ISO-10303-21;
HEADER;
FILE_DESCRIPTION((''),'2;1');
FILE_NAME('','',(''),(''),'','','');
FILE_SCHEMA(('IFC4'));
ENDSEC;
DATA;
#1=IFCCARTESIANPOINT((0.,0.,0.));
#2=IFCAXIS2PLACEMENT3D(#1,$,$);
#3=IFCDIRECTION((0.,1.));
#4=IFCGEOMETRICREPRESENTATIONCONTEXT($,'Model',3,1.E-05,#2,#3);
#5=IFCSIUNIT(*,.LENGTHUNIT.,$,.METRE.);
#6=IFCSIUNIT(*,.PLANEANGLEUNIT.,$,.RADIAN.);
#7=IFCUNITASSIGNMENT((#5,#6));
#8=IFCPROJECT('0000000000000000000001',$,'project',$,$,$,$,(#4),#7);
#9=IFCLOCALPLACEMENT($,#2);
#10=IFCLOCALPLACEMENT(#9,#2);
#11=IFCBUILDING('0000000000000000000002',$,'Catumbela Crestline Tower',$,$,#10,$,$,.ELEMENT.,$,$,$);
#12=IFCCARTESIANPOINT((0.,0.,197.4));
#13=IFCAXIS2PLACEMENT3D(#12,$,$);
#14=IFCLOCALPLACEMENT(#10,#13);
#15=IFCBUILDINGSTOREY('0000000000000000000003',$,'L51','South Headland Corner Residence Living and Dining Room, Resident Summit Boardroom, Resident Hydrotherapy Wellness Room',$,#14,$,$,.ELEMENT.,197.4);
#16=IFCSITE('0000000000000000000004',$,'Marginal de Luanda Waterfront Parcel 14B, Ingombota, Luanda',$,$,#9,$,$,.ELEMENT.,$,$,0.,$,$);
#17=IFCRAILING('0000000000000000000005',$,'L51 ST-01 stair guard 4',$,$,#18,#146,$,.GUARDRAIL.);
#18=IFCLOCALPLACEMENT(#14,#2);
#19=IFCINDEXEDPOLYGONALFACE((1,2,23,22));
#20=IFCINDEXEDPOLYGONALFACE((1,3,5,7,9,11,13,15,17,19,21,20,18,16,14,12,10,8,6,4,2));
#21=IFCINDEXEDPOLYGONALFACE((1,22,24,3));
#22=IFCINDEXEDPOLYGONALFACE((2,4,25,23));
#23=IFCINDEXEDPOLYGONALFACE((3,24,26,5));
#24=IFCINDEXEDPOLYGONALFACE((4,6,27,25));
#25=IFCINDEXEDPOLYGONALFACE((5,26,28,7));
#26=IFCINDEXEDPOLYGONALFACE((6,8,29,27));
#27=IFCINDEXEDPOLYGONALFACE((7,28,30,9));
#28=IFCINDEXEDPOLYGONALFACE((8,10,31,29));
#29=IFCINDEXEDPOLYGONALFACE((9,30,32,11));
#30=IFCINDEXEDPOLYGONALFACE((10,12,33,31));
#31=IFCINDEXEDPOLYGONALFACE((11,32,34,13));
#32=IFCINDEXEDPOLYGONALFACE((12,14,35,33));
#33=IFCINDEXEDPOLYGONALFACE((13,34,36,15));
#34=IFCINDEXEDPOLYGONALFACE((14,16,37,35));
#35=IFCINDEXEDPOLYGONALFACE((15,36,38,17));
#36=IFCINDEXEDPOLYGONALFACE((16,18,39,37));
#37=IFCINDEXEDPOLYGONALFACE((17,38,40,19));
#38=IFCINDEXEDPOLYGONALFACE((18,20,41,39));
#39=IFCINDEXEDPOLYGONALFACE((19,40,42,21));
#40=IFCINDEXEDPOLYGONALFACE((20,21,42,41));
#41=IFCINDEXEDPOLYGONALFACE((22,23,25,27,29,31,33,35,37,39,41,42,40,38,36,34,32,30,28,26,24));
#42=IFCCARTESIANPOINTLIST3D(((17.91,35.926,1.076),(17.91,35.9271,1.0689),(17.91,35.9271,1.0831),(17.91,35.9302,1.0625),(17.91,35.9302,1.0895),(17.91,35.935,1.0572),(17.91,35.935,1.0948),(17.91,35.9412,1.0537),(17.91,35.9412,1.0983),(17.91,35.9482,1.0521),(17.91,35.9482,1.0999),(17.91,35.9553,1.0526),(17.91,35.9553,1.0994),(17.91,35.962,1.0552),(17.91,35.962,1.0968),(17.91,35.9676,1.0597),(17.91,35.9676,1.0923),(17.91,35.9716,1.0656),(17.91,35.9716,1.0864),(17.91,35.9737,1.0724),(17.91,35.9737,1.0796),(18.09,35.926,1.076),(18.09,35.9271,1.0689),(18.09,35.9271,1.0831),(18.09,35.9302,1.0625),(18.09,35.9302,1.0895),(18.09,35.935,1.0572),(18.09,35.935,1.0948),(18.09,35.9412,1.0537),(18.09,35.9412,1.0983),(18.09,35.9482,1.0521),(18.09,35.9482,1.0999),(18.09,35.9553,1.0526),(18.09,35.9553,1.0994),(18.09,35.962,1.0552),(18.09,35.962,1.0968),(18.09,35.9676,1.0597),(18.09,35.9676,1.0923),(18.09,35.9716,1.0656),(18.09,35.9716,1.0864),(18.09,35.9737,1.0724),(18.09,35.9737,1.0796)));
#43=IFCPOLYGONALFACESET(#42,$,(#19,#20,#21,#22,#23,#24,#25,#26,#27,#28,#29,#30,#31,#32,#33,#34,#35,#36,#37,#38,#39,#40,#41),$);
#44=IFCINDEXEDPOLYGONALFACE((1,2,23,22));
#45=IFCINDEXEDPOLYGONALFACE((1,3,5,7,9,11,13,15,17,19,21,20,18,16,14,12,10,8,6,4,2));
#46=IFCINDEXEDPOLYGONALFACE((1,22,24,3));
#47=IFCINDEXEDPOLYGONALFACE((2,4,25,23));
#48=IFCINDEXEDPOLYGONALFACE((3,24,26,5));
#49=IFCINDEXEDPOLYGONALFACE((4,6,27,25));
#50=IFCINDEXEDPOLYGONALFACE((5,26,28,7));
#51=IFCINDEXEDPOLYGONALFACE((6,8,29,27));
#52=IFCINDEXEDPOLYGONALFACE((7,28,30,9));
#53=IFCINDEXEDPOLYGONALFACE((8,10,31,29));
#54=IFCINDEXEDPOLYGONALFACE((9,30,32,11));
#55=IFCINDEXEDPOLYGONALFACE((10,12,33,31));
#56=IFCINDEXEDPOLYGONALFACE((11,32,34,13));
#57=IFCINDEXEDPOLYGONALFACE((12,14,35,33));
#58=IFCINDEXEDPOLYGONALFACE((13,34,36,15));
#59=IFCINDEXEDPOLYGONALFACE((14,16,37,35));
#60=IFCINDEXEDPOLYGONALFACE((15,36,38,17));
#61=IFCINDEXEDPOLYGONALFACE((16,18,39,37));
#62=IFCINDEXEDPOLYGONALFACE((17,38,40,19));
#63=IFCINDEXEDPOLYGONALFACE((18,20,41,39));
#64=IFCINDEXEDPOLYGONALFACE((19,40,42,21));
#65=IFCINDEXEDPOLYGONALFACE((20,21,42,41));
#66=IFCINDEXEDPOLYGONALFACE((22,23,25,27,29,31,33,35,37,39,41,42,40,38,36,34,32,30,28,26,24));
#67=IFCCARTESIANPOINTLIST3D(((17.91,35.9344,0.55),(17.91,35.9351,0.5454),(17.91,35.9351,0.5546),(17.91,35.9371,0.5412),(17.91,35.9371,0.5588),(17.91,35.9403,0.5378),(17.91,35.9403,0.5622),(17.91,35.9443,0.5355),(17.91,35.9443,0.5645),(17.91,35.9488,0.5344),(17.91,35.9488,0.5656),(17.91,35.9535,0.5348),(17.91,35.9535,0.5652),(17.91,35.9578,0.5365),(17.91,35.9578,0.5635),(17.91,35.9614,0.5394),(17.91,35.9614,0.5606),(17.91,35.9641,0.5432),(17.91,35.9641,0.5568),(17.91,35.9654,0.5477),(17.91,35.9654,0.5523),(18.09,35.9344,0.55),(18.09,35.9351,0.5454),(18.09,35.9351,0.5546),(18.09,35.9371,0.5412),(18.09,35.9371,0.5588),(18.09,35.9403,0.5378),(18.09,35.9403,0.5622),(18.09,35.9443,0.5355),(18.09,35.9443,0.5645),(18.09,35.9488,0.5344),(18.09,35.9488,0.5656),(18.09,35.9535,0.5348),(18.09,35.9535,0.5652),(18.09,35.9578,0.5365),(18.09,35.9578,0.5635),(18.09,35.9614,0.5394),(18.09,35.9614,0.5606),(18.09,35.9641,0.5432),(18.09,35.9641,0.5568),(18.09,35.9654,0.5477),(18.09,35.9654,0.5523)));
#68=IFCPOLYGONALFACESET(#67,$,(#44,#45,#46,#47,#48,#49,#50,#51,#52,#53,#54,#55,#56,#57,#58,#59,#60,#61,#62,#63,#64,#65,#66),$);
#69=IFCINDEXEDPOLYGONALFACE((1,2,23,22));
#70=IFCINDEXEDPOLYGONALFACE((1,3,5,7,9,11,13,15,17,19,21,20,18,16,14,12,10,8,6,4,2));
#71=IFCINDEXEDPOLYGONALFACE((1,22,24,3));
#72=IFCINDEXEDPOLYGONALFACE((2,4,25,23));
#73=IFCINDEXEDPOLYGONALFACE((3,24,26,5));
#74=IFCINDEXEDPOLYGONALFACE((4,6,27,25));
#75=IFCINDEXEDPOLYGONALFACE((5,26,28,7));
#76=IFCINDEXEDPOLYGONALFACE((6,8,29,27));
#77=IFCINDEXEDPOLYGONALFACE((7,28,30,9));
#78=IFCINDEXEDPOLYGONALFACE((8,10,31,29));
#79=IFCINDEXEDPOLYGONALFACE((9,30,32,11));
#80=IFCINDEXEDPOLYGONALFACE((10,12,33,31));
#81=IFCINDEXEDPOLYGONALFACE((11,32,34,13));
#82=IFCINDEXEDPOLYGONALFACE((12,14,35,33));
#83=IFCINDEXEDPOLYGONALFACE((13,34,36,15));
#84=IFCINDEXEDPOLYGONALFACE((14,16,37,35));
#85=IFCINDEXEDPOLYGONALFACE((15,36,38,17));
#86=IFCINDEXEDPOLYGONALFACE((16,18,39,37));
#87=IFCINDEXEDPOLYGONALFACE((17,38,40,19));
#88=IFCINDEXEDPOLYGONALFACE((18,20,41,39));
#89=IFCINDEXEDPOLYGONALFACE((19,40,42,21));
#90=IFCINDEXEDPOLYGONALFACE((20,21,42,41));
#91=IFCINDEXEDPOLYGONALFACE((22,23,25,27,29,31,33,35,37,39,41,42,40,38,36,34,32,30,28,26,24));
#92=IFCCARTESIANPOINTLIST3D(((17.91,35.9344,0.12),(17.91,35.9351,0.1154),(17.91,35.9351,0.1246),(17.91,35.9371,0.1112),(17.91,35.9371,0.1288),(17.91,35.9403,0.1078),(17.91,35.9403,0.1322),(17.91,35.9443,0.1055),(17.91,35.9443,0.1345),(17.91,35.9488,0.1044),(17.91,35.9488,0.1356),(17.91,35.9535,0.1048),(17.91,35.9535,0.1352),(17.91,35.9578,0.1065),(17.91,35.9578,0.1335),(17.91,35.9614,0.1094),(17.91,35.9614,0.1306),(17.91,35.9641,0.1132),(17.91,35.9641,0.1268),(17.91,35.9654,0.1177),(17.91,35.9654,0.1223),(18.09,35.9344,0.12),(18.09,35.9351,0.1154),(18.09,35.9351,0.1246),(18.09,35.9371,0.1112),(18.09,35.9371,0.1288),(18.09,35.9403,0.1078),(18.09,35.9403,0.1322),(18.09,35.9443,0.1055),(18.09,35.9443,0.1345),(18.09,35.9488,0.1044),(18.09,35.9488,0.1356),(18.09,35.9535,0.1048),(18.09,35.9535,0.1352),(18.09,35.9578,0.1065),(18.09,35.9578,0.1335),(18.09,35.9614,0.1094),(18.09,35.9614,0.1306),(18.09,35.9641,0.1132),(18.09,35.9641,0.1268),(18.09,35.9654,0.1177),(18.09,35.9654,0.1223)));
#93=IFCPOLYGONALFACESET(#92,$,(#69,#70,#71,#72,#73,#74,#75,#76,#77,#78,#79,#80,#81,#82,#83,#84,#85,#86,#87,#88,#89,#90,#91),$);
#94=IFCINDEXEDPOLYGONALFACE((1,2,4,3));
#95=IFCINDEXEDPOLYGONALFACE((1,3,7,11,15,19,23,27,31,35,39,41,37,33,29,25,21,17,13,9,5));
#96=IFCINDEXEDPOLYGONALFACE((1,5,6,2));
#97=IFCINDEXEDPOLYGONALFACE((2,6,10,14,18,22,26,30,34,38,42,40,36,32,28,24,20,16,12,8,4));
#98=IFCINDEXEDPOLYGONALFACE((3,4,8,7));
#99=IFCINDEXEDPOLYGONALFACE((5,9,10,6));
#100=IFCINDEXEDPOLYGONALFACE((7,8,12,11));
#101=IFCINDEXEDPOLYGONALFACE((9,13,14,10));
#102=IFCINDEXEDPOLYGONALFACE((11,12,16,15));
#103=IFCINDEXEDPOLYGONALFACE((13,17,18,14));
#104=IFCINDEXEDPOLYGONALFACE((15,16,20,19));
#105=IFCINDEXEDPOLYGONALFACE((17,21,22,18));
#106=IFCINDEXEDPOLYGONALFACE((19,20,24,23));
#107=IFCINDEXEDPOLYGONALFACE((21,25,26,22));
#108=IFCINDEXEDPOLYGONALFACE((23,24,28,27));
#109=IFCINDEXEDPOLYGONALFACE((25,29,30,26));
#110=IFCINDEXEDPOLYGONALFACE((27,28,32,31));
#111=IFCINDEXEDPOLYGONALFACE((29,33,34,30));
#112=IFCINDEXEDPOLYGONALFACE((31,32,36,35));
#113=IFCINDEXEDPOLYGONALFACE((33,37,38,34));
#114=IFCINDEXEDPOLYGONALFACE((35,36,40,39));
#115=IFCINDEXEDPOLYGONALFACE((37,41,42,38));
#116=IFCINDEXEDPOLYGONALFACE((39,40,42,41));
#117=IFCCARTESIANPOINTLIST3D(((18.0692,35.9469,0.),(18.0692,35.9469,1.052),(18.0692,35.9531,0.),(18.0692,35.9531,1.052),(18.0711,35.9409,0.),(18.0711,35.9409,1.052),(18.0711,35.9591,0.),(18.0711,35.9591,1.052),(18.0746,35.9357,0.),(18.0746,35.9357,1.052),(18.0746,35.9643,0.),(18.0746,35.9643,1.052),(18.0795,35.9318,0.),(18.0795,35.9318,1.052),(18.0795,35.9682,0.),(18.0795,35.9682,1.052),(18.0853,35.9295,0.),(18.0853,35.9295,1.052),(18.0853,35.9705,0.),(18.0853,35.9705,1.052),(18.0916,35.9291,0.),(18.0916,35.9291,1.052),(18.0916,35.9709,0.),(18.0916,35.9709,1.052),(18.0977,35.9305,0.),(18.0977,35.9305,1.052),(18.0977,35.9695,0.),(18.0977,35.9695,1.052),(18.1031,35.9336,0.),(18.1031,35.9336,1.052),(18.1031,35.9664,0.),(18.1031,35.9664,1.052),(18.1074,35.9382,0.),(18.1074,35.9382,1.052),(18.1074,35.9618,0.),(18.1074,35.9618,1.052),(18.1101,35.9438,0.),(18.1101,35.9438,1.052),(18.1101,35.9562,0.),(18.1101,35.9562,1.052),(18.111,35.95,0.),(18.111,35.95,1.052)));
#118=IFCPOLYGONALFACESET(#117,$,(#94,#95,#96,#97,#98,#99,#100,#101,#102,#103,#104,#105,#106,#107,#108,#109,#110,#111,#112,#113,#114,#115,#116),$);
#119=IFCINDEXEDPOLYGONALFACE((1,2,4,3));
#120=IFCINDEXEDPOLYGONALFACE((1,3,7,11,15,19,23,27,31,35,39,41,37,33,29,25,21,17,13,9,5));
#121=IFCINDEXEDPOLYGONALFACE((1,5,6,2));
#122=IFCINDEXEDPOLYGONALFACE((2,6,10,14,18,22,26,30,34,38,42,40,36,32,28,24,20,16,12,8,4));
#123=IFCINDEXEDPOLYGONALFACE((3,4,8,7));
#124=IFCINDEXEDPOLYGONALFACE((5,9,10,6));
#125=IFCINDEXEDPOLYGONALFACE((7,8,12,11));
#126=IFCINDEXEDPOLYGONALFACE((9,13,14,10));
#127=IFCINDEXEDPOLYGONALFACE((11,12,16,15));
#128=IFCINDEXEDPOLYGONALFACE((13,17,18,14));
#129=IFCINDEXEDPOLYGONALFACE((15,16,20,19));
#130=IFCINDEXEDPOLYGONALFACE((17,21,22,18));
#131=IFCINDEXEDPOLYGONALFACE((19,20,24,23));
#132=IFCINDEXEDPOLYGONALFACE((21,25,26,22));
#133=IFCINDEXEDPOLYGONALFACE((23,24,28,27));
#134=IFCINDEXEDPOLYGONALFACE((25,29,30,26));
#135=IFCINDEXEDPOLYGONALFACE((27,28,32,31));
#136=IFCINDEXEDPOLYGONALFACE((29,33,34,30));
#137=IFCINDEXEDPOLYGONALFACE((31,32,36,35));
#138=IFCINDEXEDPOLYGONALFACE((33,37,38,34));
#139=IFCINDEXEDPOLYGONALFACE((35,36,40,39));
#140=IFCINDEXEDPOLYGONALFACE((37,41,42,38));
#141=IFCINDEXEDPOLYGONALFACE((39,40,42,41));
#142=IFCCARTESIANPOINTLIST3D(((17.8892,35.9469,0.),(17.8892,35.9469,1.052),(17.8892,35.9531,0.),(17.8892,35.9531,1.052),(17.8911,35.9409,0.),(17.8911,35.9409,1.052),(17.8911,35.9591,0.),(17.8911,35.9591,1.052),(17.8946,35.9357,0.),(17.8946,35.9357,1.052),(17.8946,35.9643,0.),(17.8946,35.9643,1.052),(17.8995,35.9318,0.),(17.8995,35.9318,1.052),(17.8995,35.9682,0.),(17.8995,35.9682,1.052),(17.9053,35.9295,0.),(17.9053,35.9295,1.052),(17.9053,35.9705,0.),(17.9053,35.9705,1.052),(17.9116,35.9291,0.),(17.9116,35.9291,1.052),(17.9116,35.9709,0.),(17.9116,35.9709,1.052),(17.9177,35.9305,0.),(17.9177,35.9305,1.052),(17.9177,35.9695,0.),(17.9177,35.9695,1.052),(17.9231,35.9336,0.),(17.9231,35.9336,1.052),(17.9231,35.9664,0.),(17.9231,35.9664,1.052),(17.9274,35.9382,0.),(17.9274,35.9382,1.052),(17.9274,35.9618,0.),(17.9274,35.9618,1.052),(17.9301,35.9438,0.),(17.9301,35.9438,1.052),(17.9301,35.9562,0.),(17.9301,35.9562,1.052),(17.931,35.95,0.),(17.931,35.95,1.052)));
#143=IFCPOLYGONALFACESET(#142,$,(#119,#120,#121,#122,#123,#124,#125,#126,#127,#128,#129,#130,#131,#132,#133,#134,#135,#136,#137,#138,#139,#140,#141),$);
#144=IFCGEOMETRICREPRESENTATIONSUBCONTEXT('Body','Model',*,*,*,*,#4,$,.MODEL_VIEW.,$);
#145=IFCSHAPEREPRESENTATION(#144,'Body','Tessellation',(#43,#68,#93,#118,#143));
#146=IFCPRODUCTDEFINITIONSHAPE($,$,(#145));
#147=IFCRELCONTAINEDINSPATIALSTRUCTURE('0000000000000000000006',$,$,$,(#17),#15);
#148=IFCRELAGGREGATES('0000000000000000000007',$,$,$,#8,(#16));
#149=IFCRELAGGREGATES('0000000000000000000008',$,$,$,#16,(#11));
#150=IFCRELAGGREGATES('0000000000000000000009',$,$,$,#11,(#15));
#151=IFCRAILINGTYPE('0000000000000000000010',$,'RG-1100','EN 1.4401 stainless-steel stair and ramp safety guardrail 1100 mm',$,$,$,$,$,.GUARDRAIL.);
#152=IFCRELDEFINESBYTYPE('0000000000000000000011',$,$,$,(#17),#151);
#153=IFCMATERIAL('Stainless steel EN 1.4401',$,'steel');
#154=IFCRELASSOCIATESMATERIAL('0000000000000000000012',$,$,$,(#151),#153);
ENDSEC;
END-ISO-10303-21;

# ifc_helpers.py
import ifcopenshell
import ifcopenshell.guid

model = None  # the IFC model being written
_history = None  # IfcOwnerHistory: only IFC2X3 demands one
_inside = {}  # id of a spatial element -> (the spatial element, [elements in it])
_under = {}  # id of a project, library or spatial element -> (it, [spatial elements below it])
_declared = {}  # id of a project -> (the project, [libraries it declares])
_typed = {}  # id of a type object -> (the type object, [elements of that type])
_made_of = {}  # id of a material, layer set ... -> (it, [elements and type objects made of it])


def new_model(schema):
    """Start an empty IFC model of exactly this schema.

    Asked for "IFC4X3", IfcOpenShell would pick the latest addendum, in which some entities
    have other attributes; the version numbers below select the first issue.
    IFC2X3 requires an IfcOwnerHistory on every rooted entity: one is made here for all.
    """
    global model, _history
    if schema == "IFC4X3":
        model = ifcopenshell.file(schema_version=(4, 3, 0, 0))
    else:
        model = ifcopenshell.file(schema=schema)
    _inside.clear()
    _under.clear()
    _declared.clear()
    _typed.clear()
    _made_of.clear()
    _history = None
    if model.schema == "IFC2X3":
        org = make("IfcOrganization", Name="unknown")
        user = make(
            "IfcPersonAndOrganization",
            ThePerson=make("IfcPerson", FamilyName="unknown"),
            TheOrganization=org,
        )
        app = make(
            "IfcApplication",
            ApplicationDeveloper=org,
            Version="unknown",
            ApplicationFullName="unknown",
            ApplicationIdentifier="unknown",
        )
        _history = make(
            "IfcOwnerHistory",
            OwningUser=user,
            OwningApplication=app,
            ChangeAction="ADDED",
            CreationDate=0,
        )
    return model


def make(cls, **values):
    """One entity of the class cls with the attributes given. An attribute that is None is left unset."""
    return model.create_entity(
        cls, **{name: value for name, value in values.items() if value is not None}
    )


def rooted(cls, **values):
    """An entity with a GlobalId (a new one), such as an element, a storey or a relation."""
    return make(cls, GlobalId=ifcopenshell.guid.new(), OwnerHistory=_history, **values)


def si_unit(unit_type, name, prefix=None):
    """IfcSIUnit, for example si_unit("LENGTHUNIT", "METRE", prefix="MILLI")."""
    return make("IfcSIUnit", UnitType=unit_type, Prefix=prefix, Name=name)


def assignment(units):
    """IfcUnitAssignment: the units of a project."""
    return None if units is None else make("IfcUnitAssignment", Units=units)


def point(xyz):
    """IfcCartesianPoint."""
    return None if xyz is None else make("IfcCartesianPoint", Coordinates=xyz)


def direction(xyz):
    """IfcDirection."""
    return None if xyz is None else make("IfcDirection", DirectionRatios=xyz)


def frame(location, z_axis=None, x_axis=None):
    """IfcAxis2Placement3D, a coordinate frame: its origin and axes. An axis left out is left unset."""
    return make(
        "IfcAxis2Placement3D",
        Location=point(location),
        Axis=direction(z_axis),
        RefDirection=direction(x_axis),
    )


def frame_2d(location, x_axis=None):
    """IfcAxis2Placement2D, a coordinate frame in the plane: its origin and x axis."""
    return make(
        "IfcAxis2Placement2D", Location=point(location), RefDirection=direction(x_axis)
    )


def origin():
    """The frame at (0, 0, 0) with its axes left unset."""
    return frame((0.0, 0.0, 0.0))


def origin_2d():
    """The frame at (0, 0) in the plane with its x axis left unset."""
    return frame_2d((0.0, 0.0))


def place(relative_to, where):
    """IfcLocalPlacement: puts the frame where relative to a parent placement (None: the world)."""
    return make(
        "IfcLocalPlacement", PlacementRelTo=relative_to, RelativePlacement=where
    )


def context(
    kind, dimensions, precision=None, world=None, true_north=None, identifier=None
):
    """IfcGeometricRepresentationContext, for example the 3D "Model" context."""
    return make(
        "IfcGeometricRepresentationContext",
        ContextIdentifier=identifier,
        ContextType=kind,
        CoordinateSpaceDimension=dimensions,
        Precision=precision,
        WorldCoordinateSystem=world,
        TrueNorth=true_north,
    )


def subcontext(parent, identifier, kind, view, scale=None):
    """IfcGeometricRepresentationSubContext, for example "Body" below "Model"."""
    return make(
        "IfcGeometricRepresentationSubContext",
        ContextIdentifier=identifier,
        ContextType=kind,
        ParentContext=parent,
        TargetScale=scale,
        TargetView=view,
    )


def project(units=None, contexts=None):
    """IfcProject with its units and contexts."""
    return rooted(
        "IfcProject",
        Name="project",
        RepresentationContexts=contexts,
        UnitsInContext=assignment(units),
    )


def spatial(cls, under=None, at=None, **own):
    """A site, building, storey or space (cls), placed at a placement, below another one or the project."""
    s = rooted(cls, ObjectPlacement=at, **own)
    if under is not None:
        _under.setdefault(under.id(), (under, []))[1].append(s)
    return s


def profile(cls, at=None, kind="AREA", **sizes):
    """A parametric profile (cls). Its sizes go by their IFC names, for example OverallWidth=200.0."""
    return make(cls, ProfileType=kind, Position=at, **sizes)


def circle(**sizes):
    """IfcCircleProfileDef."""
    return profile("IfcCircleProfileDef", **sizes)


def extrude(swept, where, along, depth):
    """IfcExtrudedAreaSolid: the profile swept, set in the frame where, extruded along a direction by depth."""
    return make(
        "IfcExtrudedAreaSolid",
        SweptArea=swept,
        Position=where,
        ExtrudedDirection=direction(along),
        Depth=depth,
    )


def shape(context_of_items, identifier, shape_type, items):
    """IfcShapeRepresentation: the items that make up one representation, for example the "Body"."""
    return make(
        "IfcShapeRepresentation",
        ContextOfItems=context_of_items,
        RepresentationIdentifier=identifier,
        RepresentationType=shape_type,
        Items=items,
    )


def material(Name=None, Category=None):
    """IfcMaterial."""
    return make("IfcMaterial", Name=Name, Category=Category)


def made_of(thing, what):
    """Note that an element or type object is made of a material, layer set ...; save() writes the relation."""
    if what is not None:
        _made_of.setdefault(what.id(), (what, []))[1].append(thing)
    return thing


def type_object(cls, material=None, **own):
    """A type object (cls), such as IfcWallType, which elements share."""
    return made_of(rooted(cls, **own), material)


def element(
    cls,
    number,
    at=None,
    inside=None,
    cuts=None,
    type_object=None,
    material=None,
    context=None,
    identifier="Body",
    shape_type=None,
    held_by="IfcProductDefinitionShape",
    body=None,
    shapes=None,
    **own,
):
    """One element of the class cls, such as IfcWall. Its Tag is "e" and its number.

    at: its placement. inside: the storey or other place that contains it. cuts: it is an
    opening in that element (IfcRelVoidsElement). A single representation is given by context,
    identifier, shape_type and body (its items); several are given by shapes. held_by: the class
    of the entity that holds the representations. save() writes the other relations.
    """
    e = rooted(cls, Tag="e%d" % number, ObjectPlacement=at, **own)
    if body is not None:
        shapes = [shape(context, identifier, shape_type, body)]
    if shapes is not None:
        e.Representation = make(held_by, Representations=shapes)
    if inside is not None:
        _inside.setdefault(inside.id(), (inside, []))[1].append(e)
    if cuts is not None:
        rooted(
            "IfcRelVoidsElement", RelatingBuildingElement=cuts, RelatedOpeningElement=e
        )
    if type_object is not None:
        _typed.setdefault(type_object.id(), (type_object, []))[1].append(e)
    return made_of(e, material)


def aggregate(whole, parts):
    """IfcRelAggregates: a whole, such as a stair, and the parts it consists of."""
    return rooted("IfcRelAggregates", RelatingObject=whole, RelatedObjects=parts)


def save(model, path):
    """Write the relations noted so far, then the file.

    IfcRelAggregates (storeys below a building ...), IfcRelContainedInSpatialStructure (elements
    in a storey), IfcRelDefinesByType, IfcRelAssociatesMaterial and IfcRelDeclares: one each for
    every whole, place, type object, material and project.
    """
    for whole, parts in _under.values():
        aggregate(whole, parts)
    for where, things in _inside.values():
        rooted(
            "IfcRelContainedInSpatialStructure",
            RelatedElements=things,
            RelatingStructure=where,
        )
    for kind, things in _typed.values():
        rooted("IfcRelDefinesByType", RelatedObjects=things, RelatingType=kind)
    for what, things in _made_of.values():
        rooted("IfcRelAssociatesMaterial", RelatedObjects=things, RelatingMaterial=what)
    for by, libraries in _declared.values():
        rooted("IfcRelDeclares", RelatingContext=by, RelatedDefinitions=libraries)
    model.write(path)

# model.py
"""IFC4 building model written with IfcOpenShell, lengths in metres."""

from ifc_helpers import new_model, si_unit, direction, frame, origin, origin_2d, place, context, subcontext, project, spatial, circle, extrude, material, type_object, element, save


model = new_model("IFC4")

# Units and contexts
model_context = context("Model", 3, precision=1e-05, world=origin(), true_north=direction((0.0, 1.0)))
body_context = subcontext(model_context, "Body", "Model", "MODEL_VIEW")
ifc_project = project(units=[si_unit("LENGTHUNIT", "METRE"), si_unit("PLANEANGLEUNIT", "RADIAN")], contexts=[model_context])

# Site, building, storey
site_placement = place(None, origin())
site = spatial("IfcSite", under=ifc_project, at=site_placement, Name="Marginal de Luanda Waterfront Parcel 14B, Ingombota, Luanda", CompositionType="ELEMENT", RefElevation=0.0)
building_placement = place(site_placement, origin())
building = spatial("IfcBuilding", under=site, at=building_placement, Name="Catumbela Crestline Tower", CompositionType="ELEMENT")
storey_placement = place(building_placement, frame((0.0, 0.0, 197.4)))
storey = spatial("IfcBuildingStorey", under=building, at=storey_placement, Name="L51", Description="South Headland Corner Residence Living and Dining Room, Resident Summit Boardroom, Resident Hydrotherapy Wellness Room", CompositionType="ELEMENT", Elevation=197.4)

# Shared definitions
ifc_material_1 = material(Name="Stainless steel EN 1.4401", Category="steel")

# Railing
railing_type_1 = type_object("IfcRailingType", Name="RG-1100", Description="EN 1.4401 stainless-steel stair and ramp safety guardrail 1100 mm", PredefinedType="GUARDRAIL", material=ifc_material_1)
railing_1_placement = place(storey_placement, frame((18.09, 35.95, 0.0)))
element("IfcRailing", 1, at=railing_1_placement, inside=storey, type_object=railing_type_1, Name="L51 ST-01 stair guard 4", PredefinedType="GUARDRAIL", context=body_context, shape_type="SweptSolid", body=[
    extrude(circle(Radius=0.024, at=origin_2d()), frame((0.0, 0.0, 1.076), z_axis=(-1.0, 0.0, 0.0), x_axis=(0.0, -1.0, 0.0)), (0.0, 0.0, 1.0), 0.18),
    extrude(circle(Radius=0.0156, at=origin_2d()), frame((0.0, 0.0, 0.55), z_axis=(-1.0, 0.0, 0.0), x_axis=(0.0, -1.0, 0.0)), (0.0, 0.0, 1.0), 0.18),
    extrude(circle(Radius=0.0156, at=origin_2d()), frame((0.0, 0.0, 0.12), z_axis=(-1.0, 0.0, 0.0), x_axis=(0.0, -1.0, 0.0)), (0.0, 0.0, 1.0), 0.18),
    extrude(circle(Radius=0.021, at=origin_2d()), origin(), (0.0, 0.0, 1.0), 1.052),
    extrude(circle(Radius=0.021, at=origin_2d()), frame((-0.18, 0.0, 0.0)), (0.0, 0.0, 1.0), 1.052),
])

save(model, "model.ifc")
